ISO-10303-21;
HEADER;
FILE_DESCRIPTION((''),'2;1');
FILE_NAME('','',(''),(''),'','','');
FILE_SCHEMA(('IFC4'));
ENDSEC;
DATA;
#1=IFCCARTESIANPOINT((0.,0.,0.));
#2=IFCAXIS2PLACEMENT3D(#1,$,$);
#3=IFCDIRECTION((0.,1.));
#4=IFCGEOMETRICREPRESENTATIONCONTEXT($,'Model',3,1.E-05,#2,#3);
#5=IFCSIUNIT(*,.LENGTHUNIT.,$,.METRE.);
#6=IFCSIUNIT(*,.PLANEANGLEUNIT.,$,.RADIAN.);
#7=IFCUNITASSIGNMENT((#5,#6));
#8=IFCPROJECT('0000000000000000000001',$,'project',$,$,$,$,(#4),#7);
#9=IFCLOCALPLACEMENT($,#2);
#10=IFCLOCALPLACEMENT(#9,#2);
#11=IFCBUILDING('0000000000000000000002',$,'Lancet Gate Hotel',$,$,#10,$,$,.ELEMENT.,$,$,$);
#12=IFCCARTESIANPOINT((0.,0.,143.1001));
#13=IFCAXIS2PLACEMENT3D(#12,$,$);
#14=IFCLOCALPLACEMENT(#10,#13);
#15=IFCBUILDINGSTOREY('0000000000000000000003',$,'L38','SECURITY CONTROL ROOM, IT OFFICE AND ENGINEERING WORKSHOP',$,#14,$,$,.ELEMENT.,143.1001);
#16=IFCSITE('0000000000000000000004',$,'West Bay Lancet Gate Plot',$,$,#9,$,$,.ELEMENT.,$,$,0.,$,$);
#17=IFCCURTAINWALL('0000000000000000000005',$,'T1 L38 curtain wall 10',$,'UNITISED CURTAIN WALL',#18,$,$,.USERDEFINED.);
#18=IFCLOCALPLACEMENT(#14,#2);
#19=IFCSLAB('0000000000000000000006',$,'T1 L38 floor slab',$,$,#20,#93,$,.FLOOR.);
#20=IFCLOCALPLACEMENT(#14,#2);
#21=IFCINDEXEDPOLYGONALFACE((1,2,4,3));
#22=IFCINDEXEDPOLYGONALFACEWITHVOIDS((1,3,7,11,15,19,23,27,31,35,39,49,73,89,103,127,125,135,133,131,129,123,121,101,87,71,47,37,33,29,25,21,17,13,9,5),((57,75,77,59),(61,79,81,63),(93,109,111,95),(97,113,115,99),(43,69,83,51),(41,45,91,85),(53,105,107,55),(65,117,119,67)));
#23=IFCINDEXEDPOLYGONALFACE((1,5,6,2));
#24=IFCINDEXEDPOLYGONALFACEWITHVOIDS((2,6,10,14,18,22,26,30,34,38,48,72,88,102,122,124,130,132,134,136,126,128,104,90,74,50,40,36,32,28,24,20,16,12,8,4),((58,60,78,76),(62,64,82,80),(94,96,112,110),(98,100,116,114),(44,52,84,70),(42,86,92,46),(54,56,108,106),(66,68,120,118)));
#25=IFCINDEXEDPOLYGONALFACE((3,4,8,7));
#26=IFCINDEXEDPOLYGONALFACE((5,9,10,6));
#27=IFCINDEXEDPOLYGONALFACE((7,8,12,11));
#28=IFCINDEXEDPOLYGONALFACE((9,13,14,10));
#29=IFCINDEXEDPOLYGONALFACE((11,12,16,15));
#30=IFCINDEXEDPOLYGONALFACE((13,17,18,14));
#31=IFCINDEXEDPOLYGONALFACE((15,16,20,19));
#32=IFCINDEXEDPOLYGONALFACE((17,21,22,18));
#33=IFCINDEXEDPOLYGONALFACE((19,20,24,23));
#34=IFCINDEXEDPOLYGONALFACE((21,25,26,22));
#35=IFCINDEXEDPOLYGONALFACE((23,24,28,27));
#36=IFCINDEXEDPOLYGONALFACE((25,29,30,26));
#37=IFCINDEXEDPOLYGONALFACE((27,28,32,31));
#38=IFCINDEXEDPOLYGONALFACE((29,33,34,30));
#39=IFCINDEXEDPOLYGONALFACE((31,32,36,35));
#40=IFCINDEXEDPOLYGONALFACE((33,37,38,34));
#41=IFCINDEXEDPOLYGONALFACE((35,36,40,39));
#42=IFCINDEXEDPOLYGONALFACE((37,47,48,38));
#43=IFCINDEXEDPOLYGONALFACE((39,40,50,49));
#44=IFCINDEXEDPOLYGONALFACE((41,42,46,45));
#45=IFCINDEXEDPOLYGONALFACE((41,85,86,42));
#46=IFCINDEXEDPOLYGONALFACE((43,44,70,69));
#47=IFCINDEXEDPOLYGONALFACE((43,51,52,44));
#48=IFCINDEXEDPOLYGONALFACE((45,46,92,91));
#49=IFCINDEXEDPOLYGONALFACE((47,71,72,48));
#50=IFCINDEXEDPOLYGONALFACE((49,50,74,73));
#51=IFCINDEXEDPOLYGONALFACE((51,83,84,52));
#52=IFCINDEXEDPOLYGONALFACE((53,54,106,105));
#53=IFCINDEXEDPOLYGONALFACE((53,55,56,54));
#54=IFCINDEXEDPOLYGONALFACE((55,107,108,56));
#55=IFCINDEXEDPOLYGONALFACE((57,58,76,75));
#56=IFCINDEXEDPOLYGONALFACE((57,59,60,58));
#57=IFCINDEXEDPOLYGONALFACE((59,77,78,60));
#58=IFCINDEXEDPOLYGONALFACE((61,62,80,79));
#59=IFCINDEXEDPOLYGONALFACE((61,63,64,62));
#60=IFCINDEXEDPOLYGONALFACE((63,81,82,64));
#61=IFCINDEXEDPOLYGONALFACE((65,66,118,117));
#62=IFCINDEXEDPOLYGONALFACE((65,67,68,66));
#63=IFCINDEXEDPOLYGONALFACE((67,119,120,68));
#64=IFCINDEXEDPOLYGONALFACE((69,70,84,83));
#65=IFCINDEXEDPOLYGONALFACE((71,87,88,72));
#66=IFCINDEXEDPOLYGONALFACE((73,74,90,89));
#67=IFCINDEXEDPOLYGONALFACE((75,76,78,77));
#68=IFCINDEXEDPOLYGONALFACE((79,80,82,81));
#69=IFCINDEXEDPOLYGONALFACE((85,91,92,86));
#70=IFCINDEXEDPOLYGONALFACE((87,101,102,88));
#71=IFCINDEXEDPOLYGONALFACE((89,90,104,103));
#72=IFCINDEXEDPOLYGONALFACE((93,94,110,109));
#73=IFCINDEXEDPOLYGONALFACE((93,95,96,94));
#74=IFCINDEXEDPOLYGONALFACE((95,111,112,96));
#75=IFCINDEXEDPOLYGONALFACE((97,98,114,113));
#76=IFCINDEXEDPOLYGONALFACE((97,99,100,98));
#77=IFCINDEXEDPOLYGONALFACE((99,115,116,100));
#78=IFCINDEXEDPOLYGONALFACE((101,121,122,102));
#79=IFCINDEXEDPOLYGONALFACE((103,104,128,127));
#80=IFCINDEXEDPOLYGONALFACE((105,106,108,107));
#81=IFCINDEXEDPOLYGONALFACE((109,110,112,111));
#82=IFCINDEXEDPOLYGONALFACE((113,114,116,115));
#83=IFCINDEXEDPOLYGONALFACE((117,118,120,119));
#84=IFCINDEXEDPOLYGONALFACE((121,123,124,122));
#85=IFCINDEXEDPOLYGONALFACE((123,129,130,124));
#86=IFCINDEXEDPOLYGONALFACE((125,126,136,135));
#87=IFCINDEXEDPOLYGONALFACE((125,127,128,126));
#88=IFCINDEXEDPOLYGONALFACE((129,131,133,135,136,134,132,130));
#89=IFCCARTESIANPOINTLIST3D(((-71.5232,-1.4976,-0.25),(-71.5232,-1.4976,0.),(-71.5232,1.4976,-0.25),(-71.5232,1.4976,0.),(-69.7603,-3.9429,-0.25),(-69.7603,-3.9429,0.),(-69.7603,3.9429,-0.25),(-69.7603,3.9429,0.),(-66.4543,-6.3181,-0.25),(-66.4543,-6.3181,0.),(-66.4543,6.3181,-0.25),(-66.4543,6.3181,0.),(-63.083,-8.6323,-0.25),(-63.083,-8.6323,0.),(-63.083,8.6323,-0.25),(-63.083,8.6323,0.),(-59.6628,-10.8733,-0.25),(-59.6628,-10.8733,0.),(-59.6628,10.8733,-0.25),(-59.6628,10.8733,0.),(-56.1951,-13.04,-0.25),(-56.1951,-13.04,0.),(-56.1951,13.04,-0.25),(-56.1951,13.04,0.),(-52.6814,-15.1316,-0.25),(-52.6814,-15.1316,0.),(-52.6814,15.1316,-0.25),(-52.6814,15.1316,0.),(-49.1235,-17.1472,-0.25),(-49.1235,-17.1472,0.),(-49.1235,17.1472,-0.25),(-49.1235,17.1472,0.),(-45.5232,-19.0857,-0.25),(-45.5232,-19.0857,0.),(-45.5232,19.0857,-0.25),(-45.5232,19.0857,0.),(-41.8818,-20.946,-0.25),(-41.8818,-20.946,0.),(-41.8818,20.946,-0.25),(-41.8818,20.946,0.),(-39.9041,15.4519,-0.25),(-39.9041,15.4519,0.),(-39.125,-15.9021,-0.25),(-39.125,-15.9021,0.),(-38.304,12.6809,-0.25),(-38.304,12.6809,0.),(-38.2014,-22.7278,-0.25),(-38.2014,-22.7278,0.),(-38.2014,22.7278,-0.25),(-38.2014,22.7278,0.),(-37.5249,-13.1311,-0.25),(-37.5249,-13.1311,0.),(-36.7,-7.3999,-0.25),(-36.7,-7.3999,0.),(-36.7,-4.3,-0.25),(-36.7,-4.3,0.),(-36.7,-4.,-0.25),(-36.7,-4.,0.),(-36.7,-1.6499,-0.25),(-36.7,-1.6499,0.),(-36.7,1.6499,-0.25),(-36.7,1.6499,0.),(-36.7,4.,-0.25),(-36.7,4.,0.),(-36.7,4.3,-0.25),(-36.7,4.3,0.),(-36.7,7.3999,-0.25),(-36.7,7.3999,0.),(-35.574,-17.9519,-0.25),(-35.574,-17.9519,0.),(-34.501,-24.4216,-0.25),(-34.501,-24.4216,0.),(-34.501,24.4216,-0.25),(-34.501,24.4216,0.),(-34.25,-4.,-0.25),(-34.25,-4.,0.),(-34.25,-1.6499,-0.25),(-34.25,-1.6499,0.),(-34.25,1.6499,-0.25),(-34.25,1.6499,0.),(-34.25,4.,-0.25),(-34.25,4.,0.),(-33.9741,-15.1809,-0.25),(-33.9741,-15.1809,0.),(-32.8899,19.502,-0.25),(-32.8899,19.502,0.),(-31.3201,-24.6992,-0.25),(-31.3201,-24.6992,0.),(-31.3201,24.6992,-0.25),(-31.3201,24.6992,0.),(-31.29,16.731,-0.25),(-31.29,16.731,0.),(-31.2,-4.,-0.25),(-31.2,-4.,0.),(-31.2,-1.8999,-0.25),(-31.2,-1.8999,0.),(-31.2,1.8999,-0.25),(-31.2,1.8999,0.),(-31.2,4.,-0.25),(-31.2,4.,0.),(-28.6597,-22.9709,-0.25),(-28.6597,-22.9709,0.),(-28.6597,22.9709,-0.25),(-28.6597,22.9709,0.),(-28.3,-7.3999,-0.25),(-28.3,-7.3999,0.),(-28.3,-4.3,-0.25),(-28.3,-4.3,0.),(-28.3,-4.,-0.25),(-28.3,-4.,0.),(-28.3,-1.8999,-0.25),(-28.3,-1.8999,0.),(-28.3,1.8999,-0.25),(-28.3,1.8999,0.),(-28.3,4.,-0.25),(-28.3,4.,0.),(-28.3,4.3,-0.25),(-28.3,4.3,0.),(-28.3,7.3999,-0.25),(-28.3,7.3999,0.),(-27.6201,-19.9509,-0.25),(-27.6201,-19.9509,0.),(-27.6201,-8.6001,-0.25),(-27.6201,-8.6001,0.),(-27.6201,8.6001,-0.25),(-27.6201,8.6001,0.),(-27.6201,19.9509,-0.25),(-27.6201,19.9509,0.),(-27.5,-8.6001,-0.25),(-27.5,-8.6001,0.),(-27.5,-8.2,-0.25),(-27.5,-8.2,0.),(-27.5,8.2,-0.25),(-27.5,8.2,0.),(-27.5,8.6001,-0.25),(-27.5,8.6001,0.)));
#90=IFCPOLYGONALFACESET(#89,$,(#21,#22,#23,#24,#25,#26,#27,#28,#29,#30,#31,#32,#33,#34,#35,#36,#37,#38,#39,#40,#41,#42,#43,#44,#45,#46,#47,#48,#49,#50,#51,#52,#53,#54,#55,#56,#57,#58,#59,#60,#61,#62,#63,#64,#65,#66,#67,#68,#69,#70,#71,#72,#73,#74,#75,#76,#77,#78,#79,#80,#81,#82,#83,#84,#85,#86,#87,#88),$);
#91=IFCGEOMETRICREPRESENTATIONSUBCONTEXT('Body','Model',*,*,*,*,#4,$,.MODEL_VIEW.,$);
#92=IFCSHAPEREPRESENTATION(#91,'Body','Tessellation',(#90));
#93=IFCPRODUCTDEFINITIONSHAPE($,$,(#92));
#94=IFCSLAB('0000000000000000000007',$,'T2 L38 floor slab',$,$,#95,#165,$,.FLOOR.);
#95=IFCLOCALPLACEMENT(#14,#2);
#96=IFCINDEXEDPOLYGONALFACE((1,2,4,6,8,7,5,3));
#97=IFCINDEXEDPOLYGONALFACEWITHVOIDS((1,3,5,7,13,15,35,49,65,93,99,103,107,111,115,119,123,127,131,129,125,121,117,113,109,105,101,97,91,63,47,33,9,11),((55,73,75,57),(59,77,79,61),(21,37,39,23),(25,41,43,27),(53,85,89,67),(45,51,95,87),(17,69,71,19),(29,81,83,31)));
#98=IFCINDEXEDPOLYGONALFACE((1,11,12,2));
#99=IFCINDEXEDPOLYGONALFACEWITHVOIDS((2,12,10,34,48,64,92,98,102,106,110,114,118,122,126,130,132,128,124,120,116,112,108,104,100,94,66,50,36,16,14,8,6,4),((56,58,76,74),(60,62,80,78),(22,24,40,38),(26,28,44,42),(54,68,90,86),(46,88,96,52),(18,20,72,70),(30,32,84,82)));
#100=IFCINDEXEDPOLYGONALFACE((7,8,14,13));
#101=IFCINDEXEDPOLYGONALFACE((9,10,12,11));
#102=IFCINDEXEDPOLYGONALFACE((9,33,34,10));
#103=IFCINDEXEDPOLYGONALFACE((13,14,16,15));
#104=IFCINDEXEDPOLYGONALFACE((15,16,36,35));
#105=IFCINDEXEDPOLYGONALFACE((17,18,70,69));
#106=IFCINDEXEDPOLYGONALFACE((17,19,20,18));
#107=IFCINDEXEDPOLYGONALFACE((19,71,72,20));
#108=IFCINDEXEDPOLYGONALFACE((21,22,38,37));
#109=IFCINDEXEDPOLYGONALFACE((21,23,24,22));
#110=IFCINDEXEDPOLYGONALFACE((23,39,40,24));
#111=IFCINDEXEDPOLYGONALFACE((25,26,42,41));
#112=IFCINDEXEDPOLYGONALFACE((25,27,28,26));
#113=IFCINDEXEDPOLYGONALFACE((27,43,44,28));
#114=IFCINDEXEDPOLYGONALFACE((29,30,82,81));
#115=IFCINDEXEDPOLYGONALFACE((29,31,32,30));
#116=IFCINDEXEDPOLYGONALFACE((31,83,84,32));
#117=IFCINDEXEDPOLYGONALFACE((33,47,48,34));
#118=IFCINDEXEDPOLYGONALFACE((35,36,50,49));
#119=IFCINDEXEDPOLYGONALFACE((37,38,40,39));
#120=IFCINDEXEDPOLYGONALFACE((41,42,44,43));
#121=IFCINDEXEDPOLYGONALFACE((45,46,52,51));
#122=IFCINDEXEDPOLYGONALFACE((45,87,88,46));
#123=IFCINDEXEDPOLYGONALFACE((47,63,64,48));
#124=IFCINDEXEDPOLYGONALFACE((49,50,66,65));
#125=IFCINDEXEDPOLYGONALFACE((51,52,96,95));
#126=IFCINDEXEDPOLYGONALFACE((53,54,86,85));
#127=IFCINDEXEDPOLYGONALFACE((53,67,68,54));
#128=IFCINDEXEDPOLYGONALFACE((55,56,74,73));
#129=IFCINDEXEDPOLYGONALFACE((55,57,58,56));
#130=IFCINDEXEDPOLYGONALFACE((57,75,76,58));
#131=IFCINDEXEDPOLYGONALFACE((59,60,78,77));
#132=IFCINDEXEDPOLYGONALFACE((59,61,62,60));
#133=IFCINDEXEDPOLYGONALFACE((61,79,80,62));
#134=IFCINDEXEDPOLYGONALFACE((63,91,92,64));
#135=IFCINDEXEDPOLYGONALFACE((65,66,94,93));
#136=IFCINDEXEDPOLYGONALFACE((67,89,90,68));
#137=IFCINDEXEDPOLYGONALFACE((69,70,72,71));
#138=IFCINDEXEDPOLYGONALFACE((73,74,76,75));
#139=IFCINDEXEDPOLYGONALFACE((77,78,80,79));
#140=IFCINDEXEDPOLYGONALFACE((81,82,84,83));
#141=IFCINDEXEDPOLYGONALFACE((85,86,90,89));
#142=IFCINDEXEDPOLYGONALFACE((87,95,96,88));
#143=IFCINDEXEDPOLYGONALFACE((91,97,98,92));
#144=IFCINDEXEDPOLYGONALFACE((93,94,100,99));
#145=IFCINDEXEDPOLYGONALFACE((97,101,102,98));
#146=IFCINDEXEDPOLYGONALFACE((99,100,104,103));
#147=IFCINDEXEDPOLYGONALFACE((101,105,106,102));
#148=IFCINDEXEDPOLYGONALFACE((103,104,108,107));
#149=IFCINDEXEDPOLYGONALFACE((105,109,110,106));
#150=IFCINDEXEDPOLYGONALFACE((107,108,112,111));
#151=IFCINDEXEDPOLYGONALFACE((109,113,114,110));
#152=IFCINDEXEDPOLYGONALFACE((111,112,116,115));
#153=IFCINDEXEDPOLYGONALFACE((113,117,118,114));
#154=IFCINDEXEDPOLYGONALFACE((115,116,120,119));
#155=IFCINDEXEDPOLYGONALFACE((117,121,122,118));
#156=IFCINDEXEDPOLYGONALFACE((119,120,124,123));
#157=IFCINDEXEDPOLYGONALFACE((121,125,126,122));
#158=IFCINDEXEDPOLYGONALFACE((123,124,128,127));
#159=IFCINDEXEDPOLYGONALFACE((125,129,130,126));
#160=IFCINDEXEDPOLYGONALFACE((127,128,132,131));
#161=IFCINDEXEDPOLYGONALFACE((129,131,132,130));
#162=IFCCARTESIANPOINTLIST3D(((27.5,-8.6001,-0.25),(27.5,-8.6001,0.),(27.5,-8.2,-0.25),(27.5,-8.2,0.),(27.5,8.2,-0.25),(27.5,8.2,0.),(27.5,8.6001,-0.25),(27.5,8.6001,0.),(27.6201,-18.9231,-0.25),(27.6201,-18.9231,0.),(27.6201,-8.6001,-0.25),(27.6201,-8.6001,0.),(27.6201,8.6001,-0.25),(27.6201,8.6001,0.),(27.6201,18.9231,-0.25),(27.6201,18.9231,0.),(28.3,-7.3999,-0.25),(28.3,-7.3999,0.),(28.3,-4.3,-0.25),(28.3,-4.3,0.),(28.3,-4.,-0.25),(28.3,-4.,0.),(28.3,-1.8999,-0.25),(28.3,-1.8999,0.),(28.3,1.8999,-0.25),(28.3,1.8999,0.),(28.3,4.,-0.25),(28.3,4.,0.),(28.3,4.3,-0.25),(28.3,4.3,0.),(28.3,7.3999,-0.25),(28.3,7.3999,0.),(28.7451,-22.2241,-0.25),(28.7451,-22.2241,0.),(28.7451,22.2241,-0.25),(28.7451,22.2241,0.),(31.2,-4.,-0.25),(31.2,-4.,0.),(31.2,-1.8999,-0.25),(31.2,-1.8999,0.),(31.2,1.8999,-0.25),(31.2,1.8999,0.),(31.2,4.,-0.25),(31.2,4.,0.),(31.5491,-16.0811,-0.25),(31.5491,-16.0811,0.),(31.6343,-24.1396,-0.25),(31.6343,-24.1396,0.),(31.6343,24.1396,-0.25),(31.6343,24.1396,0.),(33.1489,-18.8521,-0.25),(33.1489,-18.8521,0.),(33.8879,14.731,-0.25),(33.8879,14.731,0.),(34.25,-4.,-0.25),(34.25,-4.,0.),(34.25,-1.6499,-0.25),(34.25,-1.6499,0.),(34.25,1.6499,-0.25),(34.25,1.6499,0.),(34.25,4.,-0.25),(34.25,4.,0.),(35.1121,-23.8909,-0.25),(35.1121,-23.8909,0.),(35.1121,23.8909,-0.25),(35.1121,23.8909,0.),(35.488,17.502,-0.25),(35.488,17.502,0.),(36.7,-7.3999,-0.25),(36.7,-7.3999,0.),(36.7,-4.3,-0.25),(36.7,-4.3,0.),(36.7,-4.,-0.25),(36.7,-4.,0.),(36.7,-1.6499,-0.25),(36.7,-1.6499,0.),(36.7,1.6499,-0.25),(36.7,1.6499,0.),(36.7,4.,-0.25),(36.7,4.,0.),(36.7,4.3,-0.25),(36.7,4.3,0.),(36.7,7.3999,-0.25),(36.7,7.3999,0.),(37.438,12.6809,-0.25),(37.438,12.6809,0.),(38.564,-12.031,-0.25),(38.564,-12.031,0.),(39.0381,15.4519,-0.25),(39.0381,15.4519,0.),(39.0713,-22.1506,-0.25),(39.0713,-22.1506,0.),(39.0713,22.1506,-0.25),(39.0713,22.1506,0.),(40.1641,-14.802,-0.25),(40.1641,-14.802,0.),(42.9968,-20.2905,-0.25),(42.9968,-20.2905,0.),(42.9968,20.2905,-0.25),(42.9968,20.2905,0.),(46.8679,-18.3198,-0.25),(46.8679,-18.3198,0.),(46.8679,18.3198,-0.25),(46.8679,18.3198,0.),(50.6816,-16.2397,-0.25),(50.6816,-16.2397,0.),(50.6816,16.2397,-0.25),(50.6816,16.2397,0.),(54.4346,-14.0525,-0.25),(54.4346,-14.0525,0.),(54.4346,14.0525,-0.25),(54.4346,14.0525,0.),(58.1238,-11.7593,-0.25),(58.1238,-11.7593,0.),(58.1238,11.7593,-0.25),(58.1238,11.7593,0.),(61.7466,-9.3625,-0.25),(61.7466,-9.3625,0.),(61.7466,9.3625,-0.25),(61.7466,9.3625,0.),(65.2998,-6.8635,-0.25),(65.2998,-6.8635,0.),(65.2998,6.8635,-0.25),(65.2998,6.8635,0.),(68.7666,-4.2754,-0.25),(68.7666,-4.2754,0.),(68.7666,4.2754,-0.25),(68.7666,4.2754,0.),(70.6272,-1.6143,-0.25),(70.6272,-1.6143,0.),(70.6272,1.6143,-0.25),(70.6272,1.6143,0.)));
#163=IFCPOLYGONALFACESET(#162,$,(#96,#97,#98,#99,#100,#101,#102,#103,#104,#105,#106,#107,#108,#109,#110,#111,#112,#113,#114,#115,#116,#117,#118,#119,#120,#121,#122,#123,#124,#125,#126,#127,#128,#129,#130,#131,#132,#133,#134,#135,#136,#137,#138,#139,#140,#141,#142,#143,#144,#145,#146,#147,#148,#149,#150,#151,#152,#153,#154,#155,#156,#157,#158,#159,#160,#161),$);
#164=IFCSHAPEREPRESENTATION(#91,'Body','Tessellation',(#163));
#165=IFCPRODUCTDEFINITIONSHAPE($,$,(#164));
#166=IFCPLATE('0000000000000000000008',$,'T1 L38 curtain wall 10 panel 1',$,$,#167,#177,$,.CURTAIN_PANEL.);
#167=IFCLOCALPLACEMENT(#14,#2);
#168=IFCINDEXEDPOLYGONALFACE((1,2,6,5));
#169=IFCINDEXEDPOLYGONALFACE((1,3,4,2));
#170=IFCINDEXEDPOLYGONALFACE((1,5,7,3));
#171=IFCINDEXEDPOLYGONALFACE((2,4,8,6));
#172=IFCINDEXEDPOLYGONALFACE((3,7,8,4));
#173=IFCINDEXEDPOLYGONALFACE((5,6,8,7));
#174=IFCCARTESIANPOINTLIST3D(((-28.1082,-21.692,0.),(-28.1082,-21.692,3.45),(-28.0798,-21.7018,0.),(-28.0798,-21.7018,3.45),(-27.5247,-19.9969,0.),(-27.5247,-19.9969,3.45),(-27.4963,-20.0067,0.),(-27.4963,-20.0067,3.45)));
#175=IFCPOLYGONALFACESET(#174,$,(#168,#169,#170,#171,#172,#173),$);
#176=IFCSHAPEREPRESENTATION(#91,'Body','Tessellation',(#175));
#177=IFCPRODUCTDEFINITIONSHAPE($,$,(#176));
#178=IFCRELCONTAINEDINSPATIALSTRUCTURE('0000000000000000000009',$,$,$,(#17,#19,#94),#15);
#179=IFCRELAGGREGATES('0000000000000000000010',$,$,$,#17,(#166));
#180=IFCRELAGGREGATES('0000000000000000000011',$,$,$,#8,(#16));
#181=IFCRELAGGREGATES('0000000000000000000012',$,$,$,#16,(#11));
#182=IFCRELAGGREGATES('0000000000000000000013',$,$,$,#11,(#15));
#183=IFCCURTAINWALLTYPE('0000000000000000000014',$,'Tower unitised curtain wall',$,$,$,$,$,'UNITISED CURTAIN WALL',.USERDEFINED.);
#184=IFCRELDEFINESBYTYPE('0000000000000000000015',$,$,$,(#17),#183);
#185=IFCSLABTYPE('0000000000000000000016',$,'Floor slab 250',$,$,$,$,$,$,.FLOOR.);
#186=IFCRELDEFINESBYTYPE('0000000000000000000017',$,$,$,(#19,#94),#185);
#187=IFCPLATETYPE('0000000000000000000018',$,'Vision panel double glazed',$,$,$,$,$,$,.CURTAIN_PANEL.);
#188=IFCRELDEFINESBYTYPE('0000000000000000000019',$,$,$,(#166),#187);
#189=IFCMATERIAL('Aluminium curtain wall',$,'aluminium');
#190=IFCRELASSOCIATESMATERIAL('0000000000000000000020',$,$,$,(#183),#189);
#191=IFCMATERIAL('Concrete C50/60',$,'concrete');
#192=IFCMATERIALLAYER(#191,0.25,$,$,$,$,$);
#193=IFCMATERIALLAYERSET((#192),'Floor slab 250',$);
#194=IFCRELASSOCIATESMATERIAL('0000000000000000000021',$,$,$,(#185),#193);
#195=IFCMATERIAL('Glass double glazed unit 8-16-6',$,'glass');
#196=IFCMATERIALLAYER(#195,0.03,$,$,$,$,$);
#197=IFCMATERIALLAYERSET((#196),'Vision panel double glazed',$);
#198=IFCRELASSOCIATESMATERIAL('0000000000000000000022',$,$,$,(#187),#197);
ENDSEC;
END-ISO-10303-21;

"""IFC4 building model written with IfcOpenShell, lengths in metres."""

from ifc_helpers import new_model, si_unit, direction, frame, origin, origin_2d, place, context, subcontext, project, spatial, polyline, rectangle, outline, extrude, material, layer, layer_set, type_object, element, aggregate, save


model = new_model("IFC4")

# Units and contexts
model_context = context("Model", 3, precision=1e-05, world=origin(), true_north=direction((0.0, 1.0)))
body_context = subcontext(model_context, "Body", "Model", "MODEL_VIEW")
ifc_project = project(units=[si_unit("LENGTHUNIT", "METRE"), si_unit("PLANEANGLEUNIT", "RADIAN")], contexts=[model_context])

# Site, building, storey
site_placement = place(None, origin())
site = spatial("IfcSite", under=ifc_project, at=site_placement, Name="West Bay Lancet Gate Plot", CompositionType="ELEMENT", RefElevation=0.0)
building_placement = place(site_placement, origin())
building = spatial("IfcBuilding", under=site, at=building_placement, Name="Lancet Gate Hotel", CompositionType="ELEMENT")
storey_placement = place(building_placement, frame((0.0, 0.0, 143.1001)))
storey = spatial("IfcBuildingStorey", under=building, at=storey_placement, Name="L38", Description="SECURITY CONTROL ROOM, IT OFFICE AND ENGINEERING WORKSHOP", CompositionType="ELEMENT", Elevation=143.1001)

# Curtain wall
ifc_material_1 = material(Name="Aluminium curtain wall", Category="aluminium")
curtain_wall_type = type_object("IfcCurtainWallType", Name="Tower unitised curtain wall", ElementType="UNITISED CURTAIN WALL", PredefinedType="USERDEFINED", material=ifc_material_1)
curtain_wall_placement = place(storey_placement, origin())
curtain_wall = element("IfcCurtainWall", 1, at=curtain_wall_placement, inside=storey, type_object=curtain_wall_type, Name="T1 L38 curtain wall 10", ObjectType="UNITISED CURTAIN WALL", PredefinedType="USERDEFINED")

# Slabs
ifc_material_2 = material(Name="Concrete C50/60", Category="concrete")
ifc_layer_1 = layer(ifc_material_2, 0.25)
ifc_layer_set_1 = layer_set([ifc_layer_1], Name="Floor slab 250")
slab_type = type_object("IfcSlabType", Name="Floor slab 250", PredefinedType="FLOOR", material=ifc_layer_set_1)
slab_1_placement = place(storey_placement, frame((0.0, 0.0, -0.25)))
element("IfcSlab", 2, at=slab_1_placement, inside=storey, type_object=slab_type, Name="T1 L38 floor slab", PredefinedType="FLOOR", context=body_context, shape_type="SweptSolid", body=[
    extrude(outline(polyline([(-27.5, 8.6001), (-27.6201, 8.6001), (-27.6201, 19.9509), (-28.6597, 22.9709), (-31.3201, 24.6992), (-34.501, 24.4216), (-38.2014, 22.7278), (-41.8818, 20.946), (-45.5232, 19.0857), (-49.1235, 17.1472), (-52.6814, 15.1316), (-56.1951, 13.04), (-59.6628, 10.8733), (-63.083, 8.6323), (-66.4543, 6.3181), (-69.7603, 3.9429), (-71.5232, 1.4976), (-71.5232, -1.4976), (-69.7603, -3.9429), (-66.4543, -6.3181), (-63.083, -8.6323), (-59.6628, -10.8733), (-56.1951, -13.04), (-52.6814, -15.1316), (-49.1235, -17.1472), (-45.5232, -19.0857), (-41.8818, -20.946), (-38.2014, -22.7278), (-34.501, -24.4216), (-31.3201, -24.6992), (-28.6597, -22.9709), (-27.6201, -19.9509), (-27.6201, -8.6001), (-27.5, -8.6001), (-27.5, -8.2), (-27.5, 8.2), (-27.5, 8.6001)]), holes=[polyline([(-36.7, 7.3999), (-36.7, 4.3), (-28.3, 4.3), (-28.3, 7.3999), (-36.7, 7.3999)]), polyline([(-28.3, 4.0), (-31.2, 4.0), (-31.2, 1.8999), (-28.3, 1.8999), (-28.3, 4.0)]), polyline([(-34.25, 4.0), (-36.7, 4.0), (-36.7, 1.6499), (-34.25, 1.6499), (-34.25, 4.0)]), polyline([(-36.7, -1.6499), (-36.7, -4.0), (-34.25, -4.0), (-34.25, -1.6499), (-36.7, -1.6499)]), polyline([(-28.3, -1.8999), (-31.2, -1.8999), (-31.2, -4.0), (-28.3, -4.0), (-28.3, -1.8999)]), polyline([(-28.3, -4.3), (-36.7, -4.3), (-36.7, -7.3999), (-28.3, -7.3999), (-28.3, -4.3)]), polyline([(-31.29, 16.731), (-32.8899, 19.502), (-39.9041, 15.4519), (-38.304, 12.6809), (-31.29, 16.731)]), polyline([(-33.9741, -15.1809), (-37.5249, -13.1311), (-39.125, -15.9021), (-35.574, -17.9519), (-33.9741, -15.1809)])]), origin(), (0.0, 0.0, 1.0), 0.25),
])
slab_2_placement = place(storey_placement, frame((0.0, 0.0, -0.25)))
element("IfcSlab", 3, at=slab_2_placement, inside=storey, type_object=slab_type, Name="T2 L38 floor slab", PredefinedType="FLOOR", context=body_context, shape_type="SweptSolid", body=[
    extrude(outline(polyline([(27.5, -8.6001), (27.6201, -8.6001), (27.6201, -18.9231), (28.7451, -22.2241), (31.6343, -24.1396), (35.1121, -23.8909), (39.0713, -22.1506), (42.9968, -20.2905), (46.8679, -18.3198), (50.6816, -16.2397), (54.4346, -14.0525), (58.1238, -11.7593), (61.7466, -9.3625), (65.2998, -6.8635), (68.7666, -4.2754), (70.6272, -1.6143), (70.6272, 1.6143), (68.7666, 4.2754), (65.2998, 6.8635), (61.7466, 9.3625), (58.1238, 11.7593), (54.4346, 14.0525), (50.6816, 16.2397), (46.8679, 18.3198), (42.9968, 20.2905), (39.0713, 22.1506), (35.1121, 23.8909), (31.6343, 24.1396), (28.7451, 22.2241), (27.6201, 18.9231), (27.6201, 8.6001), (27.5, 8.6001), (27.5, 8.2), (27.5, -8.2), (27.5, -8.6001)]), holes=[polyline([(36.7, -7.3999), (36.7, -4.3), (28.3, -4.3), (28.3, -7.3999), (36.7, -7.3999)]), polyline([(28.3, -4.0), (31.2, -4.0), (31.2, -1.8999), (28.3, -1.8999), (28.3, -4.0)]), polyline([(34.25, -4.0), (36.7, -4.0), (36.7, -1.6499), (34.25, -1.6499), (34.25, -4.0)]), polyline([(36.7, 1.6499), (36.7, 4.0), (34.25, 4.0), (34.25, 1.6499), (36.7, 1.6499)]), polyline([(28.3, 1.8999), (31.2, 1.8999), (31.2, 4.0), (28.3, 4.0), (28.3, 1.8999)]), polyline([(28.3, 4.3), (36.7, 4.3), (36.7, 7.3999), (28.3, 7.3999), (28.3, 4.3)]), polyline([(31.5491, -16.0811), (33.1489, -18.8521), (40.1641, -14.802), (38.564, -12.031), (31.5491, -16.0811)]), polyline([(33.8879, 14.731), (37.438, 12.6809), (39.0381, 15.4519), (35.488, 17.502), (33.8879, 14.731)])]), origin(), (0.0, 0.0, 1.0), 0.25),
])

# Plate
ifc_material_3 = material(Name="Glass double glazed unit 8-16-6", Category="glass")
ifc_layer_2 = layer(ifc_material_3, 0.03)
ifc_layer_set_2 = layer_set([ifc_layer_2], Name="Vision panel double glazed")
plate_type = type_object("IfcPlateType", Name="Vision panel double glazed", PredefinedType="CURTAIN_PANEL", material=ifc_layer_set_2)
plate_1_placement = place(storey_placement, frame((-27.8022, -20.8494, 0.0), z_axis=(0.0, 0.0, 1.0), x_axis=(0.325516, 0.945537, 0.0)))
plate_1 = element("IfcPlate", 4, at=plate_1_placement, type_object=plate_type, Name="T1 L38 curtain wall 10 panel 1", PredefinedType="CURTAIN_PANEL", context=body_context, shape_type="SweptSolid", body=[
    extrude(rectangle(XDim=1.7927, YDim=0.03, at=origin_2d()), origin(), (0.0, 0.0, 1.0), 3.45),
])
aggregate(curtain_wall, [plate_1])

save(model, "model.ifc")
